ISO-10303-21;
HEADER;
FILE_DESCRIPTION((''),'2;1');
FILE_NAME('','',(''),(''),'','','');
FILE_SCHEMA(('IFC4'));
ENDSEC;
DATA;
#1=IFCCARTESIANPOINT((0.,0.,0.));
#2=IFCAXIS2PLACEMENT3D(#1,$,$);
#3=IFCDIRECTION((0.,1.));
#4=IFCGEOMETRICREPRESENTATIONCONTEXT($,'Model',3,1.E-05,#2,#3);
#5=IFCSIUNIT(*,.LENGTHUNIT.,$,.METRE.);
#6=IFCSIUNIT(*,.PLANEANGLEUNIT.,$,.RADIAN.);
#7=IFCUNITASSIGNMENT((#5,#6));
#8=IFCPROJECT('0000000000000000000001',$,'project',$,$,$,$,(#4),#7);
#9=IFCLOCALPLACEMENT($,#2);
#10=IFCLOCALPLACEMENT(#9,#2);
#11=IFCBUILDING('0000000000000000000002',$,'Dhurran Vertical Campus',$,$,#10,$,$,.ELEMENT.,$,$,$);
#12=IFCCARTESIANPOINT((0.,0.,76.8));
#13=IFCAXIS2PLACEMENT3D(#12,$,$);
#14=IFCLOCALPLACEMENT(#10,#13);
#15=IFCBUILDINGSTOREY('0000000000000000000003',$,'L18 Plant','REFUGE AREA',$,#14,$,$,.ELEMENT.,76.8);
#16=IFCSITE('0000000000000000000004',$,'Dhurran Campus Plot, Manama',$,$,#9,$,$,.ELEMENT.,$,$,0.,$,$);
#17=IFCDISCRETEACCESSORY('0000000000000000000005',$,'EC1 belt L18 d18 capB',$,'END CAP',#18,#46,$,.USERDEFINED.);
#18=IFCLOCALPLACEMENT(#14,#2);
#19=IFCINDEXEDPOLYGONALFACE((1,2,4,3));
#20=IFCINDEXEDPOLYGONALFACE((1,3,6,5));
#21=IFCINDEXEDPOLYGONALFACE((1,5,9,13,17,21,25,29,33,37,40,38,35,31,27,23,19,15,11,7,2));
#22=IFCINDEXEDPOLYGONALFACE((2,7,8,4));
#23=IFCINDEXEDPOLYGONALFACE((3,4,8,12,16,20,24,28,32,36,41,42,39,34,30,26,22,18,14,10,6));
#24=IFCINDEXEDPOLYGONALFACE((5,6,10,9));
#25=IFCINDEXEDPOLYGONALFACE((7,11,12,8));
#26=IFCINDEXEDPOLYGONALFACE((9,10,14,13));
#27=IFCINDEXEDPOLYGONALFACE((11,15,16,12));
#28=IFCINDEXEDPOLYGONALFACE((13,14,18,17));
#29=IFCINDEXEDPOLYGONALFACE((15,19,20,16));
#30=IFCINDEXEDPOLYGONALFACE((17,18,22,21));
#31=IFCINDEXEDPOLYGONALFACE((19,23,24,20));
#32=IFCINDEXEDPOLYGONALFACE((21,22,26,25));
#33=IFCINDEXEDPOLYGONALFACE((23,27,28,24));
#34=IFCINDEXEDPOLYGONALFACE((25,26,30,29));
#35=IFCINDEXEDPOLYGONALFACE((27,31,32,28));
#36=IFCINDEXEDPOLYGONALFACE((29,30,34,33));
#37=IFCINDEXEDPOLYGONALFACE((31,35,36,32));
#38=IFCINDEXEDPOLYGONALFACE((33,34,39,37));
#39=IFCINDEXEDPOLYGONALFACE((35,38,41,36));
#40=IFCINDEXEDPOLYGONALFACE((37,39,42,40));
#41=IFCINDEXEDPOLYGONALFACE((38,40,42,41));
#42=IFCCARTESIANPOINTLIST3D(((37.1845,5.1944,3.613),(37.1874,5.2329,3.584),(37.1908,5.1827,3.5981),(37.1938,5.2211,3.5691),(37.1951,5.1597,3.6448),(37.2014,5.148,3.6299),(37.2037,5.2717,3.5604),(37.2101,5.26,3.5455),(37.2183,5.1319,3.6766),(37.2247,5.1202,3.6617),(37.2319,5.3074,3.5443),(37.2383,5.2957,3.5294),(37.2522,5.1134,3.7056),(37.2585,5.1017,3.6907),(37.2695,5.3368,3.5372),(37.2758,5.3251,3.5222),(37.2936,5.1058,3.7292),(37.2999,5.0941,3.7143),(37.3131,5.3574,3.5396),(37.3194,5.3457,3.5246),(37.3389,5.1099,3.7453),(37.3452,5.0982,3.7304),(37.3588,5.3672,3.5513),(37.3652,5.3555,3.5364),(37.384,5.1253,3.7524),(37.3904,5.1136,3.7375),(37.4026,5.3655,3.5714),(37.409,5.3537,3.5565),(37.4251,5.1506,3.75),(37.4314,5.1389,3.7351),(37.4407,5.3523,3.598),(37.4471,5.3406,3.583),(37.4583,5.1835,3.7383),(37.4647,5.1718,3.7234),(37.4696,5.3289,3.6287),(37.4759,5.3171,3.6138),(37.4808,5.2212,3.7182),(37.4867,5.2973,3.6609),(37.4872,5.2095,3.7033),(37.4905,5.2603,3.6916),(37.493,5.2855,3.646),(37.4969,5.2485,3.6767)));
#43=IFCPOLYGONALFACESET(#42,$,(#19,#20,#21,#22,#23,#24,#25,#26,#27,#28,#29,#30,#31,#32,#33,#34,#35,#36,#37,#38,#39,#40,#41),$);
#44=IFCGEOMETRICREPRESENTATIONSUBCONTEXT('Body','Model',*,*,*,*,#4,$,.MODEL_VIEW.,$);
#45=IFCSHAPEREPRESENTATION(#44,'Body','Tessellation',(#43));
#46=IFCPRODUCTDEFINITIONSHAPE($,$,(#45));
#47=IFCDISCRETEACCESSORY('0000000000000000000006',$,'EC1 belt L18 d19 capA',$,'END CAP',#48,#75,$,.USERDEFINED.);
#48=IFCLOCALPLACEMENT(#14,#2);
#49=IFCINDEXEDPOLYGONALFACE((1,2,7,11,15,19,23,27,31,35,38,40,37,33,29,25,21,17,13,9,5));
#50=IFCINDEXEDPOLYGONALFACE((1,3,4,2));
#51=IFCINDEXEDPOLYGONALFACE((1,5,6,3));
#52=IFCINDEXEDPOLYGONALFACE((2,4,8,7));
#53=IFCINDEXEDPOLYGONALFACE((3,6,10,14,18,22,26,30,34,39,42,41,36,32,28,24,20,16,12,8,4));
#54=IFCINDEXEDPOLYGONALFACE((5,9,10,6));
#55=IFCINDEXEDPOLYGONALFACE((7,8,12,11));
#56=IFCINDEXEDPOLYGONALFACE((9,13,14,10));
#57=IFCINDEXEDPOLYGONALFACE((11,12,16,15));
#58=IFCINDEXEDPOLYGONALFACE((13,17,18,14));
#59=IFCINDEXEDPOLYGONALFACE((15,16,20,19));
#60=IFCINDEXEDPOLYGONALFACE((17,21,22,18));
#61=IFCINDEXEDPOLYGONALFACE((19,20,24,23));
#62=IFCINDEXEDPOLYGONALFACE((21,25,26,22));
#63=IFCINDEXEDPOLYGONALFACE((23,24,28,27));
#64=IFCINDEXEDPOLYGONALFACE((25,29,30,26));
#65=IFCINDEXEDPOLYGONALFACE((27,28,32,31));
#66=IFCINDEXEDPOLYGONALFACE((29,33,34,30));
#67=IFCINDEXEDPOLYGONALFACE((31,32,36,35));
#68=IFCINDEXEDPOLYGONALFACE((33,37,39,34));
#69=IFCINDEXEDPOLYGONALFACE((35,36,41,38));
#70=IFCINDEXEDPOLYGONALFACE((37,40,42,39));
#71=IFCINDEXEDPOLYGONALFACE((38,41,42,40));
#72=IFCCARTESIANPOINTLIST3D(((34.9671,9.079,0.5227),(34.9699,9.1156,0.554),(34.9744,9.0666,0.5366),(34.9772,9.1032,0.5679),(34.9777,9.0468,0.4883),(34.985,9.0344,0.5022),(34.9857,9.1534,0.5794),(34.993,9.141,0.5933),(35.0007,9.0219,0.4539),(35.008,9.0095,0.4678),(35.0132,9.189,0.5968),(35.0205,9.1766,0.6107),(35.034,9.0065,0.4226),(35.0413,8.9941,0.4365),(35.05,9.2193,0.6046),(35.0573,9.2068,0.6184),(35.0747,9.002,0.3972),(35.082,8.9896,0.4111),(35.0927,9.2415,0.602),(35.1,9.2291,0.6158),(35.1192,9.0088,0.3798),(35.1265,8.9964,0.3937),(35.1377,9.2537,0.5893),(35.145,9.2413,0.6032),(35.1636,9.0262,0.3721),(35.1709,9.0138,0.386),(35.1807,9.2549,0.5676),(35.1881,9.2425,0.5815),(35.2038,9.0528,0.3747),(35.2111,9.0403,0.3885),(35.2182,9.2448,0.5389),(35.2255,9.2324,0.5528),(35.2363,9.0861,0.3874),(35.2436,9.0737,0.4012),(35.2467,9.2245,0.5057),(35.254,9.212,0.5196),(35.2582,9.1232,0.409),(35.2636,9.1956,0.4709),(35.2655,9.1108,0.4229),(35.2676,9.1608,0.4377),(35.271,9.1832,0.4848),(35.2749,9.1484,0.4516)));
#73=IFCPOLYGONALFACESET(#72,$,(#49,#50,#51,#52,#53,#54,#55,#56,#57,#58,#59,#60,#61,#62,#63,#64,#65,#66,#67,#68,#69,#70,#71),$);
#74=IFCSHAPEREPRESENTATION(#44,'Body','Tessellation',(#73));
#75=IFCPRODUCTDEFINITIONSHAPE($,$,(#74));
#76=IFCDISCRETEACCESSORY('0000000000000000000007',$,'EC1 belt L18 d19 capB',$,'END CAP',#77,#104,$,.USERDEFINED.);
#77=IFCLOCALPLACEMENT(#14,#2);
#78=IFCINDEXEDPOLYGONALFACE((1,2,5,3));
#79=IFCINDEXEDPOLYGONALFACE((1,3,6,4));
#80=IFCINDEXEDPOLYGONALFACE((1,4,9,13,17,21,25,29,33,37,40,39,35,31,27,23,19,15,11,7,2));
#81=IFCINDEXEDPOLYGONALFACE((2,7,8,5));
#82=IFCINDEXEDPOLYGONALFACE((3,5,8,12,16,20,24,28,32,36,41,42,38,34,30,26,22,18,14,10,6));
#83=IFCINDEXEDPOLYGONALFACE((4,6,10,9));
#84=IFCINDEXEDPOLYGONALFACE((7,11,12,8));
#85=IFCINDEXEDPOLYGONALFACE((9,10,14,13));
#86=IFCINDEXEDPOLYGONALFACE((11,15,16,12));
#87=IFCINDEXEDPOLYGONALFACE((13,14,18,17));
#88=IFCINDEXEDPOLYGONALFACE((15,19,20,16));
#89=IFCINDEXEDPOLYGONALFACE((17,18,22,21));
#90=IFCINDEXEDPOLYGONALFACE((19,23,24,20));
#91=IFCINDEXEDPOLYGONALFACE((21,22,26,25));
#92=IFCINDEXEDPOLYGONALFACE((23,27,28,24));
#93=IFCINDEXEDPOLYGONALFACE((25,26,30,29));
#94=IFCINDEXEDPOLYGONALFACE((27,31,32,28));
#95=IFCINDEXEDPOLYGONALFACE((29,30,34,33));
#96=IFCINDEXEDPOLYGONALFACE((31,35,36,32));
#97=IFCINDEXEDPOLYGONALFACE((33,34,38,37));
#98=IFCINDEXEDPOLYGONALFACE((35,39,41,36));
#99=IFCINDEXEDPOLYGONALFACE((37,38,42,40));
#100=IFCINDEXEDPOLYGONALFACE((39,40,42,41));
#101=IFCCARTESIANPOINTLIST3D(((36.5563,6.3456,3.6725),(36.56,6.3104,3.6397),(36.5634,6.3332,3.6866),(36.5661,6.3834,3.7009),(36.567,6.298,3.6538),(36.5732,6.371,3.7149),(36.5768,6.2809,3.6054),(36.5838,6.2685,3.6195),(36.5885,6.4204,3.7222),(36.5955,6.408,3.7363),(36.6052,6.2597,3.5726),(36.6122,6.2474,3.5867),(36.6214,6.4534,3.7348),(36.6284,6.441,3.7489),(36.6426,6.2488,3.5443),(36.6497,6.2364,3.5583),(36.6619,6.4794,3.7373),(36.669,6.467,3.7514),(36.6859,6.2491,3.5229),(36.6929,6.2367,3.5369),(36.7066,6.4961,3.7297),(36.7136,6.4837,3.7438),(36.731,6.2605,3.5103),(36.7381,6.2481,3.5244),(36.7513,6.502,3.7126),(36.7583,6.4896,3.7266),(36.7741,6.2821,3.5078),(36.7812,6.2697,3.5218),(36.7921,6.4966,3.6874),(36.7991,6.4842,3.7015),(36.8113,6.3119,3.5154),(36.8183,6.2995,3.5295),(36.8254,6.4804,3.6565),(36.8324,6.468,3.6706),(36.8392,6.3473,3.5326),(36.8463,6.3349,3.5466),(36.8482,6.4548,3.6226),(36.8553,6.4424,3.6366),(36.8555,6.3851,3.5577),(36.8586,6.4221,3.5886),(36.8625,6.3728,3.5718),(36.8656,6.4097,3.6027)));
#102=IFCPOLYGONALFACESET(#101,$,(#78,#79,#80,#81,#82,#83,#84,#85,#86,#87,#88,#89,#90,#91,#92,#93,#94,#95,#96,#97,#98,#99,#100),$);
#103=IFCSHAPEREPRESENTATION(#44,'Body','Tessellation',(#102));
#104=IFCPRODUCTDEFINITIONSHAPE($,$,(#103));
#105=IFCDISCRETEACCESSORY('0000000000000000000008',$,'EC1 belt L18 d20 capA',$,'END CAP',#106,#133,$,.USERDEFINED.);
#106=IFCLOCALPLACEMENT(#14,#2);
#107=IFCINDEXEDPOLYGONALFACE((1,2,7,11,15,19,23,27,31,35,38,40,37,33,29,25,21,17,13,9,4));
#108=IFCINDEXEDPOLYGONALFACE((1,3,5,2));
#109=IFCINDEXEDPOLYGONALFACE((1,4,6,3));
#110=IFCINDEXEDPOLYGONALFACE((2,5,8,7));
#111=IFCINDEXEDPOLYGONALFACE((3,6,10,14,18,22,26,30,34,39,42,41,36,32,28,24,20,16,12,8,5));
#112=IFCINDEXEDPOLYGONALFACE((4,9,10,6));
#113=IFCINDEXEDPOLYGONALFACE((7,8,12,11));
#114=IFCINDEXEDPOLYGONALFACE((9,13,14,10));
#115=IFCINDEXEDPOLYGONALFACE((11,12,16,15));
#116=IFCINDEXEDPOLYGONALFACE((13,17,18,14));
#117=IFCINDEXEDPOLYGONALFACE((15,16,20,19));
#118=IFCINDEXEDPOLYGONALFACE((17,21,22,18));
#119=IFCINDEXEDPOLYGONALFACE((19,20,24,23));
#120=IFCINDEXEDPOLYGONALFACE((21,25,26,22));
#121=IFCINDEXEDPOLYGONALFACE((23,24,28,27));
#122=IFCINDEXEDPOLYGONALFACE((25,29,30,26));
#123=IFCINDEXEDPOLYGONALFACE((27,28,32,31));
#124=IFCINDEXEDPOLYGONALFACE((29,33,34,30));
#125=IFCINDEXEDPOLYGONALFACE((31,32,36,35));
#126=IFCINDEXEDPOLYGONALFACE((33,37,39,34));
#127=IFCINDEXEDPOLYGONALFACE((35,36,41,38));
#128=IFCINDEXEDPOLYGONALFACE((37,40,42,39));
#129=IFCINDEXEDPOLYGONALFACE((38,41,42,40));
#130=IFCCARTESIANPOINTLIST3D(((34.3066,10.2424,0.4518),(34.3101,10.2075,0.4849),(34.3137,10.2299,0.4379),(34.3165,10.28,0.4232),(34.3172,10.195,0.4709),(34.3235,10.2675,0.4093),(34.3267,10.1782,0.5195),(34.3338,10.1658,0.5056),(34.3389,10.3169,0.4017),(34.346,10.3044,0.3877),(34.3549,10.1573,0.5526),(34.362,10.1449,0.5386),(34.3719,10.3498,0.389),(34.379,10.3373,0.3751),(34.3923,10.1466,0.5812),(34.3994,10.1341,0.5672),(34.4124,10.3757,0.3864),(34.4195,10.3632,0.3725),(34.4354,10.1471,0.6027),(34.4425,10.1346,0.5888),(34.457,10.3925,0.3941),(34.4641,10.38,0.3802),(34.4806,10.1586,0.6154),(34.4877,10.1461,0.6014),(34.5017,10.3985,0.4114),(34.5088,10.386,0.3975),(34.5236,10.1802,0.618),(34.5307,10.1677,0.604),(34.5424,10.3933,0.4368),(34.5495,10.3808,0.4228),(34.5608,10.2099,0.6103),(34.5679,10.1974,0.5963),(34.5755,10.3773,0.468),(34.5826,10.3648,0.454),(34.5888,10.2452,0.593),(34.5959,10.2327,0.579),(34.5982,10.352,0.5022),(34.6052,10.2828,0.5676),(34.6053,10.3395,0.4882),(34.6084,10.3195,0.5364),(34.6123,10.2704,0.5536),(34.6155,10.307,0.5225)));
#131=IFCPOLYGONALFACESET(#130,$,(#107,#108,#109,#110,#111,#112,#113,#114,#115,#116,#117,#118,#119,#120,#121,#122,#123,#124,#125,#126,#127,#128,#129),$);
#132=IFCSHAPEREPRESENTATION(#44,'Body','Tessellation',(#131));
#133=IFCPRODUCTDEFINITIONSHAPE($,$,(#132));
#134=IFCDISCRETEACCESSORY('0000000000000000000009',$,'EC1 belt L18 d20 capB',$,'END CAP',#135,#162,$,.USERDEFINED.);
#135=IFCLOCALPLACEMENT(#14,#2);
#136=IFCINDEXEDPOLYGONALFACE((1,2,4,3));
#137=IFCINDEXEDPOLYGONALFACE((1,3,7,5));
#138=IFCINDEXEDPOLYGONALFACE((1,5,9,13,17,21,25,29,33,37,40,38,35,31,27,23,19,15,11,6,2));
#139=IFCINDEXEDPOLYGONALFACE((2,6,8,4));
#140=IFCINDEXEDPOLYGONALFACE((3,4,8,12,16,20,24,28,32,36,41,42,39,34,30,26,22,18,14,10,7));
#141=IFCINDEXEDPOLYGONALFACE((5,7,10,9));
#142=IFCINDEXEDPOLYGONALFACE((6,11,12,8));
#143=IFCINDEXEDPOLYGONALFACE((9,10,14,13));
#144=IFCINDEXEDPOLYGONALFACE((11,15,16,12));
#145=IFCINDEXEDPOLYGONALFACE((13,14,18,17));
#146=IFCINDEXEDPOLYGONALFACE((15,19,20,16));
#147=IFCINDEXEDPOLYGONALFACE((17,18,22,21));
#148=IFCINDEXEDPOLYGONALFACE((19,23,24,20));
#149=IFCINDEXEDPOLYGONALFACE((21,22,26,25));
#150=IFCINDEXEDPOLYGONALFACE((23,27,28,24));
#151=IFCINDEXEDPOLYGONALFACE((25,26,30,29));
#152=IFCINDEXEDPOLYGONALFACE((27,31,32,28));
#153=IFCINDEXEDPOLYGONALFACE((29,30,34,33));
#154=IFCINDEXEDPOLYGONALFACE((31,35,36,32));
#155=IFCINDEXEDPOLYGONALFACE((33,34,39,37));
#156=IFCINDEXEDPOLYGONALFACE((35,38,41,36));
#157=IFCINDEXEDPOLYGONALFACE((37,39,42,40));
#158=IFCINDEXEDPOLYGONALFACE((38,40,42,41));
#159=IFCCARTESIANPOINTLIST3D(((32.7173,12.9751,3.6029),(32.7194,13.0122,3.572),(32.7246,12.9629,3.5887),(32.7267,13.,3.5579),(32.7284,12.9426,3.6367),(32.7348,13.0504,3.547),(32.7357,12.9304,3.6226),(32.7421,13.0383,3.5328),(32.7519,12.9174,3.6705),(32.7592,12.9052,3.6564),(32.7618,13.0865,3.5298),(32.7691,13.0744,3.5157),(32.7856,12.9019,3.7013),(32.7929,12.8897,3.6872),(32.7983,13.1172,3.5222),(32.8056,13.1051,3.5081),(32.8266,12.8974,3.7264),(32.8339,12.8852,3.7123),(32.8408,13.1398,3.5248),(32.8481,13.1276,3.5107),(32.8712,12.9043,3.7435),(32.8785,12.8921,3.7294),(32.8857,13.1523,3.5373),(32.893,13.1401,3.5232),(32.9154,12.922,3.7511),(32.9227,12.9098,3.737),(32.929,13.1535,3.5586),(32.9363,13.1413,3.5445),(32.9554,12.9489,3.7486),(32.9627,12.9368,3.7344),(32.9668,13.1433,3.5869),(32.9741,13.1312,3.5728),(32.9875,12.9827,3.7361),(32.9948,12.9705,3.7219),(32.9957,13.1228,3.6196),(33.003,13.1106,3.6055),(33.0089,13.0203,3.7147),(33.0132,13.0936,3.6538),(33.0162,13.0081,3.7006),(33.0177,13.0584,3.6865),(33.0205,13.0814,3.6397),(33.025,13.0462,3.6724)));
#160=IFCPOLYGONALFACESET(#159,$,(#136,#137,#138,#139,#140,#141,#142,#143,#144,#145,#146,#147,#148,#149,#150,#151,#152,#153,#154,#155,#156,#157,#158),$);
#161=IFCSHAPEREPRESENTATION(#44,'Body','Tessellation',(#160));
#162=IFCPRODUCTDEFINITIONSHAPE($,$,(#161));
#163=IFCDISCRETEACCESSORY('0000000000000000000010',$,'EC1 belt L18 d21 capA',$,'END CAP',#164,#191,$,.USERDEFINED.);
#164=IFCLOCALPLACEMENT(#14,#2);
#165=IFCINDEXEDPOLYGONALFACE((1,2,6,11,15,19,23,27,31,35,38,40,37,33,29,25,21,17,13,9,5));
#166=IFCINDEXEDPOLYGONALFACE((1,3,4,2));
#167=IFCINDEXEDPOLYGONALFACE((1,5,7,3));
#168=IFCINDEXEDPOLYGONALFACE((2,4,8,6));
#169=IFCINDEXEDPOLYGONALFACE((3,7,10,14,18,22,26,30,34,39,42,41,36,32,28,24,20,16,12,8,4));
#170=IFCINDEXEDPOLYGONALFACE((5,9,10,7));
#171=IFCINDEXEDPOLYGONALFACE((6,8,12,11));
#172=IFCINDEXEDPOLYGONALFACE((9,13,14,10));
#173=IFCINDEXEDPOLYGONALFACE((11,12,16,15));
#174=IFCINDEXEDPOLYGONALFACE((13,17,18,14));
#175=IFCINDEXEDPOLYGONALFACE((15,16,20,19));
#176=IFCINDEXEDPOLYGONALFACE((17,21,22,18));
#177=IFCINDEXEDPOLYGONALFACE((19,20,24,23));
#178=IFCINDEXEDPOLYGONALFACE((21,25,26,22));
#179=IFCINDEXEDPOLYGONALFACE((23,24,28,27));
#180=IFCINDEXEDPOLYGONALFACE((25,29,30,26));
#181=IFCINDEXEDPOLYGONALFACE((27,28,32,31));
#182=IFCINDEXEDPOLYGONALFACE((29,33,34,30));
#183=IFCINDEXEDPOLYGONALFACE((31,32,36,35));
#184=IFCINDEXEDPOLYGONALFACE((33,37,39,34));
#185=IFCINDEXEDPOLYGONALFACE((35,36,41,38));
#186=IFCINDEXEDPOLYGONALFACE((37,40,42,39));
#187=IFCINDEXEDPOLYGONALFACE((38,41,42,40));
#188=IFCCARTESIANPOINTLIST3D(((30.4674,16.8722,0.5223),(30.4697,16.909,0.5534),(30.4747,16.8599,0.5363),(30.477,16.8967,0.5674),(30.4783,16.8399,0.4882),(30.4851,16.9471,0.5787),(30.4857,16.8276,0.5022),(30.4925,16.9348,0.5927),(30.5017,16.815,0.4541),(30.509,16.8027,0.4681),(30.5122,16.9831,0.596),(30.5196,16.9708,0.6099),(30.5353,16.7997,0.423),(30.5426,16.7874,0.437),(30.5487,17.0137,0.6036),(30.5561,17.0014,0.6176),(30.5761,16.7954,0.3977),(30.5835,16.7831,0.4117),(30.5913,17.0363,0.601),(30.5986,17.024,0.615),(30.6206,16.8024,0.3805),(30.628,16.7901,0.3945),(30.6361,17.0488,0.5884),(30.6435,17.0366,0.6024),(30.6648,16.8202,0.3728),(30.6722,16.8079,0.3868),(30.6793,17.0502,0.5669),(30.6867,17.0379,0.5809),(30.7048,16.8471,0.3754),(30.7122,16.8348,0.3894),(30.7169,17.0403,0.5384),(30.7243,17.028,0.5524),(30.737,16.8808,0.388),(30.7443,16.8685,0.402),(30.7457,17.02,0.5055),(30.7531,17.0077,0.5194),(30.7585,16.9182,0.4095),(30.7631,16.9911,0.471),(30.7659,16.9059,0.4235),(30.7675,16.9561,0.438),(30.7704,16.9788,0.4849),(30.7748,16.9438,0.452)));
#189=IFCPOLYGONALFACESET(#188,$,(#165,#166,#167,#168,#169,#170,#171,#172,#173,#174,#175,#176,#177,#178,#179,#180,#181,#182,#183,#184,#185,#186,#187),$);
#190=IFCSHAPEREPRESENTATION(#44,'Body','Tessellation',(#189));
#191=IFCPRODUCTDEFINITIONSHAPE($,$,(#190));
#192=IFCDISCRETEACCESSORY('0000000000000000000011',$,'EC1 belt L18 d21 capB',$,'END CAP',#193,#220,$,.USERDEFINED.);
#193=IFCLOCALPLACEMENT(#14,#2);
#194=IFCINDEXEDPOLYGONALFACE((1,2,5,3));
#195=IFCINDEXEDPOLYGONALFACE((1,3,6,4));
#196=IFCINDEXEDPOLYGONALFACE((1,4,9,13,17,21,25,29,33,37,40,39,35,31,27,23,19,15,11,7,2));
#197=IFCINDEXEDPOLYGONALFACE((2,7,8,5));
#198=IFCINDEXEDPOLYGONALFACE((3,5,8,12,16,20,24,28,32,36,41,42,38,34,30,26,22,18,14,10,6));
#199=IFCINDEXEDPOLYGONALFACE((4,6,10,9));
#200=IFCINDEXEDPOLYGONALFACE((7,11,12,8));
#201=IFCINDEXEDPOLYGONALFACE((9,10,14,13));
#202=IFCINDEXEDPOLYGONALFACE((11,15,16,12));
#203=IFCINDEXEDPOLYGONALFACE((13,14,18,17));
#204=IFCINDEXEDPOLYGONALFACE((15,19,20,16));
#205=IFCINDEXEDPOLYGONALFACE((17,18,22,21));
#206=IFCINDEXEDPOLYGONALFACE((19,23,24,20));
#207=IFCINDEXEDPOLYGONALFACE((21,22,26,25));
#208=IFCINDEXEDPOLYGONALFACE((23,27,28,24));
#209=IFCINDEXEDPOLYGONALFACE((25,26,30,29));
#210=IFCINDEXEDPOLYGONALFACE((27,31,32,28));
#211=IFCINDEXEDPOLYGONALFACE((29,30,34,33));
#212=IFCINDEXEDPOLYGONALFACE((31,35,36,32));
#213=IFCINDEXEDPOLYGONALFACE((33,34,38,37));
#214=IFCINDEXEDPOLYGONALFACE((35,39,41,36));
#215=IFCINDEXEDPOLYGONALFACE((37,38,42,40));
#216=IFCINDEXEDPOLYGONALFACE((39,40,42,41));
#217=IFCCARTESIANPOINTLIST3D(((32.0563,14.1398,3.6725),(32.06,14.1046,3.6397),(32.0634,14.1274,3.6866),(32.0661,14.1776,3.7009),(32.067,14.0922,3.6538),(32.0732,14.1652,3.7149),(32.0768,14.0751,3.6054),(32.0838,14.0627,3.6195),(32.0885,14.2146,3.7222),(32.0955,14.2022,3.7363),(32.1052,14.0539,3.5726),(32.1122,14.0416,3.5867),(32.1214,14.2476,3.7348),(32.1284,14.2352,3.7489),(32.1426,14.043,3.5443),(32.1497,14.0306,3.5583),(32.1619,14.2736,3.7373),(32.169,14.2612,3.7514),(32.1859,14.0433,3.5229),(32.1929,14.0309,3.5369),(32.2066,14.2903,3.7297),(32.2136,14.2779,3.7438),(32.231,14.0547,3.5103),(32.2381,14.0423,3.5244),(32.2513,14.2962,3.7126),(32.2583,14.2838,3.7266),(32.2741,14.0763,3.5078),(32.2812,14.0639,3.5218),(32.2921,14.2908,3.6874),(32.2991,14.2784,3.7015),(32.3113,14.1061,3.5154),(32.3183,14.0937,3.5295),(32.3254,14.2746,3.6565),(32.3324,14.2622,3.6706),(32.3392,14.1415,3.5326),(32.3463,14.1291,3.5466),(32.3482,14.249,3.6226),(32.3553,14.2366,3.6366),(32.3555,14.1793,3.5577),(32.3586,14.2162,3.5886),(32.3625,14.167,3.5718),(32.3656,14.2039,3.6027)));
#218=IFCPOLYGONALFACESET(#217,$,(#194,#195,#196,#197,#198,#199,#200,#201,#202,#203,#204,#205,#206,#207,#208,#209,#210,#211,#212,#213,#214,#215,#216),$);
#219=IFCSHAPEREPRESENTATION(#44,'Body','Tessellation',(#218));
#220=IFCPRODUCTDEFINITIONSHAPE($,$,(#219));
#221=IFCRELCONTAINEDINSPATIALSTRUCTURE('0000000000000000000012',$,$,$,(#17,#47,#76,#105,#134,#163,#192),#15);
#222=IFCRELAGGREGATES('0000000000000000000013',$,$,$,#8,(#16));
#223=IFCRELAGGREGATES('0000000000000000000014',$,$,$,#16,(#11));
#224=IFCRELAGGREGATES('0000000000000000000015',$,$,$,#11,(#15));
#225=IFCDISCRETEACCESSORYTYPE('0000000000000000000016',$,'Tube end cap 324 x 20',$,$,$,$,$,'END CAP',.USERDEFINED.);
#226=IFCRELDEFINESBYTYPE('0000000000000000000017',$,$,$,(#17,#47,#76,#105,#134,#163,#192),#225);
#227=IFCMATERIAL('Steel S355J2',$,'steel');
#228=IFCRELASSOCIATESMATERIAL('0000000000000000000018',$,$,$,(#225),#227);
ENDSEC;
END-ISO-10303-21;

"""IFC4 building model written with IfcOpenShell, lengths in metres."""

from ifc_helpers import new_model, si_unit, direction, frame, origin, origin_2d, place, context, subcontext, project, spatial, circle, extrude, material, material_profile, profile_set, type_object, element, save


model = new_model("IFC4")

# Units and contexts
model_context = context("Model", 3, precision=1e-05, world=origin(), true_north=direction((0.0, 1.0)))
body_context = subcontext(model_context, "Body", "Model", "MODEL_VIEW")
ifc_project = project(units=[si_unit("LENGTHUNIT", "METRE"), si_unit("PLANEANGLEUNIT", "RADIAN")], contexts=[model_context])

# Site, building, storey
site_placement = place(None, origin())
site = spatial("IfcSite", under=ifc_project, at=site_placement, Name="Dhurran Campus Plot, Manama", CompositionType="ELEMENT", RefElevation=0.0)
building_placement = place(site_placement, origin())
building = spatial("IfcBuilding", under=site, at=building_placement, Name="Dhurran Vertical Campus", CompositionType="ELEMENT")
storey_placement = place(building_placement, frame((0.0, 0.0, 76.8)))
storey = spatial("IfcBuildingStorey", under=building, at=storey_placement, Name="L18 Plant", Description="REFUGE AREA", CompositionType="ELEMENT", Elevation=76.8)

# Discrete accessories
ifc_material_1 = material(Name="Steel S355J2", Category="steel")
ifc_material_profile_1 = material_profile(ifc_material_1, circle(Radius=0.1619, at=origin_2d()), Name="Tube end cap 324 x 20")
ifc_profile_set_1 = profile_set([ifc_material_profile_1], Name="Steel S355J2")
discrete_accessory_type = type_object("IfcDiscreteAccessoryType", Name="Tube end cap 324 x 20", ElementType="END CAP", PredefinedType="USERDEFINED", material=ifc_profile_set_1)
for number, where, z_axis, x_axis, name in (
    (1, (37.3438, 5.2251, 3.6299), (-0.317617, 0.58637, 0.745178), (-0.879292, -0.476283, 0.0), "EC1 belt L18 d18 capB"),
    (2, (35.1245, 9.1165, 0.5022), (-0.365148, 0.620752, -0.693782), (-0.861934, -0.50702, 0.0), "EC1 belt L18 d19 capA"),
    (3, (36.7075, 6.3748, 3.6226), (0.351522, -0.618193, 0.703043), (0.86929, 0.494302, 0.0), "EC1 belt L18 d19 capB"),
    (4, (34.4575, 10.272, 0.5022), (0.35453, -0.623483, -0.696834), (0.86929, 0.494302, 0.0), "EC1 belt L18 d20 capA"),
    (5, (32.8745, 13.0137, 3.6226), (-0.36477, 0.60795, 0.705223), (-0.857493, -0.514496, 0.0), "EC1 belt L18 d20 capB"),
    (6, (30.6245, 16.9109, 0.5022), (-0.367911, 0.613185, -0.699031), (-0.857493, -0.514496, 0.0), "EC1 belt L18 d21 capA"),
    (7, (32.2075, 14.1689, 3.6226), (0.351522, -0.618193, 0.703043), (0.86929, 0.494302, 0.0), "EC1 belt L18 d21 capB"),
):
    element("IfcDiscreteAccessory", number, at=place(storey_placement, frame(where, z_axis=z_axis, x_axis=x_axis)), inside=storey, type_object=discrete_accessory_type, Name=name, ObjectType="END CAP", PredefinedType="USERDEFINED", context=body_context, shape_type="SweptSolid", body=[
        extrude(circle(Radius=0.1619, at=origin_2d()), origin(), (0.0, 0.0, 1.0), 0.02),
    ])

save(model, "model.ifc")
